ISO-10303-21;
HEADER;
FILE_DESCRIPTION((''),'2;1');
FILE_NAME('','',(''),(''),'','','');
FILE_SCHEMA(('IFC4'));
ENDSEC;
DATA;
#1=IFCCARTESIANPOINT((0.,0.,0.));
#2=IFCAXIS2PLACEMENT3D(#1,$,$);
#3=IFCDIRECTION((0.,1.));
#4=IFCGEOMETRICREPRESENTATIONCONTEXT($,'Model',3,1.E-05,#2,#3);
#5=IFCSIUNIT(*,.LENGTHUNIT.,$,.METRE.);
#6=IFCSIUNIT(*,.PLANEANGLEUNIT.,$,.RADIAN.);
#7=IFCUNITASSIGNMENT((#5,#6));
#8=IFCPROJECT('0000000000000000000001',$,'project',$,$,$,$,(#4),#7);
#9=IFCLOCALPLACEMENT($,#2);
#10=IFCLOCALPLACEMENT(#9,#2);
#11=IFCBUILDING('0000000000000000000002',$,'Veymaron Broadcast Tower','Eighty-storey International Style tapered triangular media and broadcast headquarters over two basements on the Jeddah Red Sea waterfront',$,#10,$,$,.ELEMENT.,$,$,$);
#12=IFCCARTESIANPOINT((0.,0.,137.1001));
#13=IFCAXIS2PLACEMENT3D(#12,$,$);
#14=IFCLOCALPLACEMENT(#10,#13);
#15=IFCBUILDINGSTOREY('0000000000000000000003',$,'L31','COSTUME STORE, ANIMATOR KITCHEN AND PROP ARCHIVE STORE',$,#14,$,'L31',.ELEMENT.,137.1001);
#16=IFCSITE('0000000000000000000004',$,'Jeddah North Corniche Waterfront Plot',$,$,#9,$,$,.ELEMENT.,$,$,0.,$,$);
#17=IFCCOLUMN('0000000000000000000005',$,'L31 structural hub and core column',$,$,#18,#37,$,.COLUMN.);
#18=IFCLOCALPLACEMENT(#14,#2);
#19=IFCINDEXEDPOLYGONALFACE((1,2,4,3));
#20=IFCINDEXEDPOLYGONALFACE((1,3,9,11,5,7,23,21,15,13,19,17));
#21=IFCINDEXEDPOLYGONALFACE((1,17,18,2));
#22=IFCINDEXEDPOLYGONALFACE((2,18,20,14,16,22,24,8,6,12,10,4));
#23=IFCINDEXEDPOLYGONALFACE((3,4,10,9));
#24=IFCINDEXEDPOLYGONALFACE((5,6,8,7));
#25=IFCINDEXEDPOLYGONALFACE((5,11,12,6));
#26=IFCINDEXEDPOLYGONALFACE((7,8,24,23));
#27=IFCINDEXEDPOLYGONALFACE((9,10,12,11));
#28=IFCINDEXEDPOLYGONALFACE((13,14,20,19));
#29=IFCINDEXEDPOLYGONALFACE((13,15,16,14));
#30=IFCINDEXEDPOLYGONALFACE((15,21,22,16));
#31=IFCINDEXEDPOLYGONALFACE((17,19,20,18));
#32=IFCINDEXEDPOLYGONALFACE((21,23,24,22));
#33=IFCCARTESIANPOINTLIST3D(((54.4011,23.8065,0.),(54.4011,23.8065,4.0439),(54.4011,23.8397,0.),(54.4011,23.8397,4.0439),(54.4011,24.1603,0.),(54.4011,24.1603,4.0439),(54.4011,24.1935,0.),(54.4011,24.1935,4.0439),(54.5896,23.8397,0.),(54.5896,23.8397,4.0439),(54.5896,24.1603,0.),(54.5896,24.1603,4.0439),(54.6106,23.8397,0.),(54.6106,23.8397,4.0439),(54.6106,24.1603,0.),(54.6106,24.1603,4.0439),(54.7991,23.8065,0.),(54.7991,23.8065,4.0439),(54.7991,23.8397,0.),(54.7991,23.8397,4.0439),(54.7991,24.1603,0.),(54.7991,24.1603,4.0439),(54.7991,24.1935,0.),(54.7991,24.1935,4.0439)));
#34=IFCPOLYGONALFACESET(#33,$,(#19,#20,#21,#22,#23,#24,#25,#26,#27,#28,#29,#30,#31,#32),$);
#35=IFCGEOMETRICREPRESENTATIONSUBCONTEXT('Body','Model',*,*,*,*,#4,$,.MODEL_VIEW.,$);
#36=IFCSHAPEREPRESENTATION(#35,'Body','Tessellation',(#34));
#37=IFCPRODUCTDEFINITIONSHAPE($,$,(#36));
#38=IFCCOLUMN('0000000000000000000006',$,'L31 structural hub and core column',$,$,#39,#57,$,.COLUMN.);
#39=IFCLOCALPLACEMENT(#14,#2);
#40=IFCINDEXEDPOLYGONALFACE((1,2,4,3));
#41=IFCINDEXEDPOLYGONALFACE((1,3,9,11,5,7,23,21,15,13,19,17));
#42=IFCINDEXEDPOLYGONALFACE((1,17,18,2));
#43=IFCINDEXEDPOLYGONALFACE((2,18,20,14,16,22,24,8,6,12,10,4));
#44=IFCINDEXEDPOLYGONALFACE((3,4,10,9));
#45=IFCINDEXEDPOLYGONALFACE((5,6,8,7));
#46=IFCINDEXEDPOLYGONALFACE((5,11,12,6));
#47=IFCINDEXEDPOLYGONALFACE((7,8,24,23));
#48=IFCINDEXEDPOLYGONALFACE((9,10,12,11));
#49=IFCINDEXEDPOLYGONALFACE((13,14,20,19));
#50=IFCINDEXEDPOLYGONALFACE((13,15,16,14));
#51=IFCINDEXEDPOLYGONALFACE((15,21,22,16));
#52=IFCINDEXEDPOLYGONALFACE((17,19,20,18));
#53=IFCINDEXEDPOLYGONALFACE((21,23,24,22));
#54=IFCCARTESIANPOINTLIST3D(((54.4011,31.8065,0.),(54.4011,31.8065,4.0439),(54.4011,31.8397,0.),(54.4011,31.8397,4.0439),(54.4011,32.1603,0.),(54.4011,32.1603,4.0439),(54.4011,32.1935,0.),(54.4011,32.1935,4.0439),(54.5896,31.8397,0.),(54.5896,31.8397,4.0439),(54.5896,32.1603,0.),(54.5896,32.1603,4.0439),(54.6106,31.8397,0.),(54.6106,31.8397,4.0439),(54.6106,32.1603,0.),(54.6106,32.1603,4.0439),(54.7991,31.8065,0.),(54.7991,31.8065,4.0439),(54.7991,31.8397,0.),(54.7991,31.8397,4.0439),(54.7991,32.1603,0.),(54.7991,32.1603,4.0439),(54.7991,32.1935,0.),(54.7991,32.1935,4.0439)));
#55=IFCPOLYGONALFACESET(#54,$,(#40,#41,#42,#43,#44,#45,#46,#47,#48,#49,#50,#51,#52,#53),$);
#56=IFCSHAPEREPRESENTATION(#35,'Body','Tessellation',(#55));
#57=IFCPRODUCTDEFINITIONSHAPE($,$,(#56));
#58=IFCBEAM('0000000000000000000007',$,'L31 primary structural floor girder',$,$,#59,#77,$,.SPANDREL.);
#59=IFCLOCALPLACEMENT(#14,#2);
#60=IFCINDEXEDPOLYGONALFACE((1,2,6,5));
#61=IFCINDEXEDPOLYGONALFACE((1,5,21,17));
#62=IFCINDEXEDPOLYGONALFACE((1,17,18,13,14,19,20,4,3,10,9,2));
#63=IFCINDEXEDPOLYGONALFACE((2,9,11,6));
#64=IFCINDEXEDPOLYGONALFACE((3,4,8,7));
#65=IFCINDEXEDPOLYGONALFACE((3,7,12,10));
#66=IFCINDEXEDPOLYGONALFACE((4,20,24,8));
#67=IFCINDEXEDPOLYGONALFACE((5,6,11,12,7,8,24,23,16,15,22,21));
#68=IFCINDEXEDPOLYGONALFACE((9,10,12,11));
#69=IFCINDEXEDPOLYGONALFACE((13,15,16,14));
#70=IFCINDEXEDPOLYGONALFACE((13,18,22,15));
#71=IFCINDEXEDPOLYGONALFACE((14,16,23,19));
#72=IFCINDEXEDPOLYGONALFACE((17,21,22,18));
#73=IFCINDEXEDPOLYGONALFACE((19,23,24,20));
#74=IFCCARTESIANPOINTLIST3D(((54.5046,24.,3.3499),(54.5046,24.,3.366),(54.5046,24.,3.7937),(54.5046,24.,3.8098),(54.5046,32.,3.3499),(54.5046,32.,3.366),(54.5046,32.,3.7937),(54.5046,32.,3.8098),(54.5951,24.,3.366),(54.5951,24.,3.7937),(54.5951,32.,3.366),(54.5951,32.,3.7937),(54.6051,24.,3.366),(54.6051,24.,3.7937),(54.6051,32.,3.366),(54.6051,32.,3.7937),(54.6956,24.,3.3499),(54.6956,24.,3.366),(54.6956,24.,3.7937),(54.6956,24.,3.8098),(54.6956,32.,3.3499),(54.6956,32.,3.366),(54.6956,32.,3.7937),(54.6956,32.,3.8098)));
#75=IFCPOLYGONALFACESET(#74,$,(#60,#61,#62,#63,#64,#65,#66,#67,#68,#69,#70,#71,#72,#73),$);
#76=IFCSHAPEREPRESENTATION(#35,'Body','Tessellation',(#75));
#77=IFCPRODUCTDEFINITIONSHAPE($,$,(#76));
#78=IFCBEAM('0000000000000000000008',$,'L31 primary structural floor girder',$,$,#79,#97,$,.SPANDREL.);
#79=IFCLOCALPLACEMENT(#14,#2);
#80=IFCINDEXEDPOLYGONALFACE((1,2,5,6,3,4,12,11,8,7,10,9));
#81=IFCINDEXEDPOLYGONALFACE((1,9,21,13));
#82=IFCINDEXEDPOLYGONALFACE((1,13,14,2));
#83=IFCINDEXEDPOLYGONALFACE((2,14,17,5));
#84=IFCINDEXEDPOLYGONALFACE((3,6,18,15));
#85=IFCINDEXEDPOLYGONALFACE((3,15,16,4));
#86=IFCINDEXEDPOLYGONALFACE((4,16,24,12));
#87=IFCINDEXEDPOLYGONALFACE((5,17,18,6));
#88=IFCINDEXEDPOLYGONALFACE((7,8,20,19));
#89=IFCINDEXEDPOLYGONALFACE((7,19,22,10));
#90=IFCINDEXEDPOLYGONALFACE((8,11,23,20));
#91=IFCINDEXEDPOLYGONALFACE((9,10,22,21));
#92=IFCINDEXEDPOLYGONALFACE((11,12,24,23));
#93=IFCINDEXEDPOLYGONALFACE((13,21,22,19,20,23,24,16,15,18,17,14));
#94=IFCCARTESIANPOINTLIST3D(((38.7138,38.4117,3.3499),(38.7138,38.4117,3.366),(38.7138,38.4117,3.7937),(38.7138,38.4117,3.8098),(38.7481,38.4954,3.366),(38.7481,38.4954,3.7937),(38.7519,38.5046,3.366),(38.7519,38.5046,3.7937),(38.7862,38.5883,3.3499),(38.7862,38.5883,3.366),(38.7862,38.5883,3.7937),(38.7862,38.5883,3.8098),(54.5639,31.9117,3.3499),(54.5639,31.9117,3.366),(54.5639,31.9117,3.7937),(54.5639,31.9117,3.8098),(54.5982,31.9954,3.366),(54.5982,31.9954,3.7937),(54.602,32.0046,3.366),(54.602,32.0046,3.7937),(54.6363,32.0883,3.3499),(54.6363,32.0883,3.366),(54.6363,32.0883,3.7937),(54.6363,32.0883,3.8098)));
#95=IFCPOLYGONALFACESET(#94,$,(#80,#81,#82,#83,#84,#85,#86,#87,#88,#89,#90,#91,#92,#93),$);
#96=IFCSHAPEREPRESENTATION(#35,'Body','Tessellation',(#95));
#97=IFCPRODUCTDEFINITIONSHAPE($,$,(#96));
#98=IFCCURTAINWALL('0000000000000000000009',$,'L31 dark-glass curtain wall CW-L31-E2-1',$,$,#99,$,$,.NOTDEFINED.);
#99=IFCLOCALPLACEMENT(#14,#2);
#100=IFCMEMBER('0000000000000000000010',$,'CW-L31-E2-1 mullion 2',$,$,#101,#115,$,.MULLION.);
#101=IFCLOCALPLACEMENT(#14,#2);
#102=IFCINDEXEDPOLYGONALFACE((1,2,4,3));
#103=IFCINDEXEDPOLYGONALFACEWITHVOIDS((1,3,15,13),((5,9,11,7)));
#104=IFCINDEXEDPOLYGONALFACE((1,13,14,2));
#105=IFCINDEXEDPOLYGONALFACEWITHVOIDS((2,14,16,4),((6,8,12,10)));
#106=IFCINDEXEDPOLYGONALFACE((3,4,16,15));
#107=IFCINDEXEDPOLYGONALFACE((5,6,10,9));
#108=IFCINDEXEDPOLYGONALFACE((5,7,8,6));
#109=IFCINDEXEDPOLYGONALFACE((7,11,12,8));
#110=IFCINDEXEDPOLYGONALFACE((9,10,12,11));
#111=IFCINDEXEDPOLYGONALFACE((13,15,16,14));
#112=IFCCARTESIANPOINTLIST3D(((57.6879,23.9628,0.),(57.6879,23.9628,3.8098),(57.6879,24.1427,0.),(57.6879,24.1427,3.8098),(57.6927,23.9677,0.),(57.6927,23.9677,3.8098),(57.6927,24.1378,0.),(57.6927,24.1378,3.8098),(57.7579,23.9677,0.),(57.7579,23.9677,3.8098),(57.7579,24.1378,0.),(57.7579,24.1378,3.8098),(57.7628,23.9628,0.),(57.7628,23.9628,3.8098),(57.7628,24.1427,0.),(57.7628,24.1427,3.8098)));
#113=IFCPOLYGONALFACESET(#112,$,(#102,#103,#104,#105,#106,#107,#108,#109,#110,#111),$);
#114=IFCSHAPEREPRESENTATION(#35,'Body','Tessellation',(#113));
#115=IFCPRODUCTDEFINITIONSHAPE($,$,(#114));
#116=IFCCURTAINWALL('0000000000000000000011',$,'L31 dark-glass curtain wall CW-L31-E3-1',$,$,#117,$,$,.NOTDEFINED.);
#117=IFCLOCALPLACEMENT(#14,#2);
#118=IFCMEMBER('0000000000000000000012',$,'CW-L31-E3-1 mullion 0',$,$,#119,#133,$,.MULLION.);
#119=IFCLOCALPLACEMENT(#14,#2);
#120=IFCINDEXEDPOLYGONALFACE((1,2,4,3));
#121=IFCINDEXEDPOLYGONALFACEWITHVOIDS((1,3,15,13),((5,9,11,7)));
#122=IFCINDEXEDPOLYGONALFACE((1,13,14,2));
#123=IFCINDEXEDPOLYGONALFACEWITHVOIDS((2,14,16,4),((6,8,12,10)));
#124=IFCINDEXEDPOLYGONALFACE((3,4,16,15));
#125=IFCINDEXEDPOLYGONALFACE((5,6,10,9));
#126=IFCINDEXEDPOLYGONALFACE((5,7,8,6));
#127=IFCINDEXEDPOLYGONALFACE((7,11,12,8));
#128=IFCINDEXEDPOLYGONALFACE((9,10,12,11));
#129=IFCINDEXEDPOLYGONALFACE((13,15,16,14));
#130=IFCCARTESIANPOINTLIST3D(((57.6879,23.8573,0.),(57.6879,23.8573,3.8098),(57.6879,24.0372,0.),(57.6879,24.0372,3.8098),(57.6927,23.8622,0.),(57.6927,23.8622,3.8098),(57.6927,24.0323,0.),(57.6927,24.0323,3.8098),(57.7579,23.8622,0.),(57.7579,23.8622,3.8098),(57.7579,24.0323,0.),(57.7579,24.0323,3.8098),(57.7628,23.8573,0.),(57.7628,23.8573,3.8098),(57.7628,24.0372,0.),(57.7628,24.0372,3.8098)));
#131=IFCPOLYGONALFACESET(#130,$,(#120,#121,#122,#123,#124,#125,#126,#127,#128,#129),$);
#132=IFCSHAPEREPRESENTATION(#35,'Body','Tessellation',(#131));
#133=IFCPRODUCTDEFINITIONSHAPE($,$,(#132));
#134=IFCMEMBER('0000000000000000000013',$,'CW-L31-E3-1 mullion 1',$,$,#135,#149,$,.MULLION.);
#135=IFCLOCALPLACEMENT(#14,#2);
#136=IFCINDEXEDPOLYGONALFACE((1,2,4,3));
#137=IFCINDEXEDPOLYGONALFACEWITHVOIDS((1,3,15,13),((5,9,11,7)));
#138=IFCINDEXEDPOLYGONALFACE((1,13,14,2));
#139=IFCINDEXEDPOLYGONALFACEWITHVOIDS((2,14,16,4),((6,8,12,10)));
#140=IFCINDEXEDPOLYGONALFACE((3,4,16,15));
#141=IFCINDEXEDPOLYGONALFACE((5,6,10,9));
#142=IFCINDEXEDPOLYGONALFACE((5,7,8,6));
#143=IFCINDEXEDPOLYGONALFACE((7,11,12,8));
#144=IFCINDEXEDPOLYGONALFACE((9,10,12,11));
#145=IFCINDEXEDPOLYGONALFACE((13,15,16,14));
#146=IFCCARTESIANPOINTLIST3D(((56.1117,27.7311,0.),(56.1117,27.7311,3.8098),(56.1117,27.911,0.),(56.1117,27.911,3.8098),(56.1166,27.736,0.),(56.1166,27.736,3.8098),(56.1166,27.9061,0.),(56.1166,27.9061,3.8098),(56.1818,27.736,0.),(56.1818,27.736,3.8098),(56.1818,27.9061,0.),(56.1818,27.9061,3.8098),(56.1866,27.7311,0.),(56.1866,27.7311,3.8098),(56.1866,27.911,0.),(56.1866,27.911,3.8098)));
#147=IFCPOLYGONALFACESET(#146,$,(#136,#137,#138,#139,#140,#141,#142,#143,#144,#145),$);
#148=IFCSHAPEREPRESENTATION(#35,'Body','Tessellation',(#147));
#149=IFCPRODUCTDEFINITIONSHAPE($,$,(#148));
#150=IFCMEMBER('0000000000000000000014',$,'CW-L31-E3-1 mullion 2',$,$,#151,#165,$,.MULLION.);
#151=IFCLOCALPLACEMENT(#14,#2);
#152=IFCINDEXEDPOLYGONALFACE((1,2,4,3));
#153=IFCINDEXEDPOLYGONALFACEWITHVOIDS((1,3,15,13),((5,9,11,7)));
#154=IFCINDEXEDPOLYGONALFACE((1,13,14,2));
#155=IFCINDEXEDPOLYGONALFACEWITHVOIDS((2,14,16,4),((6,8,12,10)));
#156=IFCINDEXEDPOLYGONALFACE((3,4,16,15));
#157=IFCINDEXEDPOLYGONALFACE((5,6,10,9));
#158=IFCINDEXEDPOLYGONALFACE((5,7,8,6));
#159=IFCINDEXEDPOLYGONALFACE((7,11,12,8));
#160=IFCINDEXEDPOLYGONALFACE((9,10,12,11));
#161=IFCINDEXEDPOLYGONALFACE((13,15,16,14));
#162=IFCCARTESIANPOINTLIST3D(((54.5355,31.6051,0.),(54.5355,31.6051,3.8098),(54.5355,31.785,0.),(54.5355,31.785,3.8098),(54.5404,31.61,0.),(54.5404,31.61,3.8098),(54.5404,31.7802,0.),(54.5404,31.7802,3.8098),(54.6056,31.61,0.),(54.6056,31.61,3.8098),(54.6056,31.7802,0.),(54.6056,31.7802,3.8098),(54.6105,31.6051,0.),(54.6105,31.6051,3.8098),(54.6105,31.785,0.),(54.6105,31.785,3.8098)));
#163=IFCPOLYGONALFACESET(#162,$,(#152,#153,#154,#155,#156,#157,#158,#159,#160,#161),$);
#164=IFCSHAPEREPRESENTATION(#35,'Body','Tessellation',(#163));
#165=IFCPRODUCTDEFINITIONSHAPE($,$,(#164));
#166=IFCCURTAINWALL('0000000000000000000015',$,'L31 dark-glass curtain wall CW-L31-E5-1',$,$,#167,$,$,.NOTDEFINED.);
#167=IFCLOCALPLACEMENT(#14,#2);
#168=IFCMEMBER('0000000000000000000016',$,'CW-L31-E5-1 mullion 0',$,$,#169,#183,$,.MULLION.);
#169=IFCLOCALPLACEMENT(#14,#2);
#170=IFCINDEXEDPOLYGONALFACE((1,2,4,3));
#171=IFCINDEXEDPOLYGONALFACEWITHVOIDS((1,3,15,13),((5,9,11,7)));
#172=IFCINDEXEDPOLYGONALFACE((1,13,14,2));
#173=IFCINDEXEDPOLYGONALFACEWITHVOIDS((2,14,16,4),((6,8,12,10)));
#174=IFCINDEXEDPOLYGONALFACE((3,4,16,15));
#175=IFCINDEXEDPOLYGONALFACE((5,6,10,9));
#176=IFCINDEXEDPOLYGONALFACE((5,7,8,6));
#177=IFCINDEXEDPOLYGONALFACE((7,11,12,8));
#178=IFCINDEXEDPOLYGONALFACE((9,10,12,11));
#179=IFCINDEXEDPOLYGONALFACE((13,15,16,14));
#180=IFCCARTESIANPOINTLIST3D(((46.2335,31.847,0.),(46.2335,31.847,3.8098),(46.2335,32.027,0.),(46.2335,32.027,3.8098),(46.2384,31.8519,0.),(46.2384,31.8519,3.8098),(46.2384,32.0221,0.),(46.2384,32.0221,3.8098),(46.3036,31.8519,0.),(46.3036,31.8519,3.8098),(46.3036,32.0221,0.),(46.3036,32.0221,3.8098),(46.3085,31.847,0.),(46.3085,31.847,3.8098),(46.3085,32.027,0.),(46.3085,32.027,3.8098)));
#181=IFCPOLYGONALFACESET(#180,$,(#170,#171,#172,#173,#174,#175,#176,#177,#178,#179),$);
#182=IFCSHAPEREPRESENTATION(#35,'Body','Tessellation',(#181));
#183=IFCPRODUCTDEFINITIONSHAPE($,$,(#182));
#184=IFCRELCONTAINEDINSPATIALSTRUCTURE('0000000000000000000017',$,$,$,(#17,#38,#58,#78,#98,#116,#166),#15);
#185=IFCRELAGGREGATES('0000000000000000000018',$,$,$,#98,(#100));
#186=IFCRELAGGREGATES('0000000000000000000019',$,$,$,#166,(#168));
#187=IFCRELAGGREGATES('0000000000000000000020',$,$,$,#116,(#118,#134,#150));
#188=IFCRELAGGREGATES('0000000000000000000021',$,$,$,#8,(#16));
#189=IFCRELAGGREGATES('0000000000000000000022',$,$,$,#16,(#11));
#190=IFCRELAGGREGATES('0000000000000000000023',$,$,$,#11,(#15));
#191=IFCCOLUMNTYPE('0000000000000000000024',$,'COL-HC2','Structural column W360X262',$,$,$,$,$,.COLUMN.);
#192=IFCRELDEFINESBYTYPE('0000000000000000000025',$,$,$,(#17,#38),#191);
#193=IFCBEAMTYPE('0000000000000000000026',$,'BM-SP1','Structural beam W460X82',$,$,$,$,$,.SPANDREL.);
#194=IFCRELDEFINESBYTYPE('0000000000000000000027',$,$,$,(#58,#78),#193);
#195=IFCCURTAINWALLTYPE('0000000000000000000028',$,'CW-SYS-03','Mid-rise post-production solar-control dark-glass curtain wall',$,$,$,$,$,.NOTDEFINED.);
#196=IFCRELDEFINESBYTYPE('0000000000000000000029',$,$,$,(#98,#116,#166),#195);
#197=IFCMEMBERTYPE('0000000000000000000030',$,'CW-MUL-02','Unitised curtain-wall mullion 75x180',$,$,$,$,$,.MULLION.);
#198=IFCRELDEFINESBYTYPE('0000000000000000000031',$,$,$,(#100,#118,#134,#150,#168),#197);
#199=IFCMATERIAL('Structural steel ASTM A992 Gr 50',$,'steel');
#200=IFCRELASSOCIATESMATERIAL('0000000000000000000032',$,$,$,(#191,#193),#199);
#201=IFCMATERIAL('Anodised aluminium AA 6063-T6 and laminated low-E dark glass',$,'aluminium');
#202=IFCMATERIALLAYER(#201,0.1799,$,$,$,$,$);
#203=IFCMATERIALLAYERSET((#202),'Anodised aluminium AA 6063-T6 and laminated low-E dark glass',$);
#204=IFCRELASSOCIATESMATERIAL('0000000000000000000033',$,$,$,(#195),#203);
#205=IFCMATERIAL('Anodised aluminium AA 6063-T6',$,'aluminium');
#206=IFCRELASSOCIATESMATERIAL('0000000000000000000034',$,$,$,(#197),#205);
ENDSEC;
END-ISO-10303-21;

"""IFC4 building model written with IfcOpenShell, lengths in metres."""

from ifc_helpers import new_model, si_unit, direction, frame, origin, origin_2d, place, context, subcontext, project, spatial, hollow_rectangle, i_section, extrude, material, layer, layer_set, material_profile, profile_set, type_object, element, aggregate, save


model = new_model("IFC4")

# Units and contexts
model_context = context("Model", 3, precision=1e-05, world=origin(), true_north=direction((0.0, 1.0)))
body_context = subcontext(model_context, "Body", "Model", "MODEL_VIEW")
ifc_project = project(units=[si_unit("LENGTHUNIT", "METRE"), si_unit("PLANEANGLEUNIT", "RADIAN")], contexts=[model_context])

# Site, building, storey
site_placement = place(None, origin())
site = spatial("IfcSite", under=ifc_project, at=site_placement, Name="Jeddah North Corniche Waterfront Plot", CompositionType="ELEMENT", RefElevation=0.0)
building_placement = place(site_placement, origin())
building = spatial("IfcBuilding", under=site, at=building_placement, Name="Veymaron Broadcast Tower", Description="Eighty-storey International Style tapered triangular media and broadcast headquarters over two basements on the Jeddah Red Sea waterfront", CompositionType="ELEMENT")
storey_placement = place(building_placement, frame((0.0, 0.0, 137.1001)))
storey = spatial("IfcBuildingStorey", under=building, at=storey_placement, Name="L31", Description="COSTUME STORE, ANIMATOR KITCHEN AND PROP ARCHIVE STORE", LongName="L31", CompositionType="ELEMENT", Elevation=137.1001)

# Columns
ifc_material_1 = material(Name="Structural steel ASTM A992 Gr 50", Category="steel")
ifc_material_profile_1 = material_profile(ifc_material_1, i_section(OverallWidth=0.3979, OverallDepth=0.387, WebThickness=0.021, FlangeThickness=0.0332, at=origin_2d()), Name="W360X262")
ifc_profile_set_1 = profile_set([ifc_material_profile_1], Name="Structural steel ASTM A992 Gr 50")
column_type = type_object("IfcColumnType", Name="COL-HC2", Description="Structural column W360X262", PredefinedType="COLUMN", material=ifc_profile_set_1)
for number, where, z_axis, x_axis, name in (
    (1, (54.6001, 24.0, 0.0), (0.0, 0.0, 1.0), (1.0, 0.0, 0.0), "L31 structural hub and core column"),
    (2, (54.6001, 32.0, 0.0), (0.0, 0.0, 1.0), (1.0, 0.0, 0.0), "L31 structural hub and core column"),
):
    element("IfcColumn", number, at=place(storey_placement, frame(where, z_axis=z_axis, x_axis=x_axis)), inside=storey, type_object=column_type, Name=name, PredefinedType="COLUMN", context=body_context, shape_type="SweptSolid", body=[
        extrude(i_section(OverallWidth=0.3979, OverallDepth=0.387, WebThickness=0.021, FlangeThickness=0.0332, at=origin_2d()), origin(), (0.0, 0.0, 1.0), 4.0439),
    ])

# Beams
ifc_material_profile_2 = material_profile(ifc_material_1, i_section(OverallWidth=0.1909, OverallDepth=0.46, WebThickness=0.01, FlangeThickness=0.0161, at=origin_2d()), Name="W460X82")
ifc_profile_set_2 = profile_set([ifc_material_profile_2], Name="Structural steel ASTM A992 Gr 50")
beam_type = type_object("IfcBeamType", Name="BM-SP1", Description="Structural beam W460X82", PredefinedType="SPANDREL", material=ifc_profile_set_2)
beam_1_placement = place(storey_placement, frame((54.6001, 24.0, 3.5798), z_axis=(0.0, 1.0, 0.0), x_axis=(-1.0, 0.0, 0.0)))
element("IfcBeam", 3, at=beam_1_placement, inside=storey, type_object=beam_type, Name="L31 primary structural floor girder", PredefinedType="SPANDREL", context=body_context, shape_type="SweptSolid", body=[
    extrude(i_section(OverallWidth=0.1909, OverallDepth=0.46, WebThickness=0.01, FlangeThickness=0.0161, at=origin_2d()), origin(), (0.0, 0.0, 1.0), 8.0),
])
beam_2_placement = place(storey_placement, frame((54.6001, 32.0, 3.5798), z_axis=(-0.925222, 0.379426, 0.0), x_axis=(-0.379426, -0.925222, 0.0)))
element("IfcBeam", 4, at=beam_2_placement, inside=storey, type_object=beam_type, Name="L31 primary structural floor girder", PredefinedType="SPANDREL", context=body_context, shape_type="SweptSolid", body=[
    extrude(i_section(OverallWidth=0.1909, OverallDepth=0.46, WebThickness=0.01, FlangeThickness=0.0161, at=origin_2d()), origin(), (0.0, 0.0, 1.0), 17.1311),
])

# Curtain wall, member
ifc_material_2 = material(Name="Anodised aluminium AA 6063-T6 and laminated low-E dark glass", Category="aluminium")
ifc_layer_1 = layer(ifc_material_2, 0.1799)
ifc_layer_set_1 = layer_set([ifc_layer_1], Name="Anodised aluminium AA 6063-T6 and laminated low-E dark glass")
curtain_wall_type = type_object("IfcCurtainWallType", Name="CW-SYS-03", Description="Mid-rise post-production solar-control dark-glass curtain wall", PredefinedType="NOTDEFINED", material=ifc_layer_set_1)
curtain_wall_1_placement = place(storey_placement, origin())
curtain_wall_1 = element("IfcCurtainWall", 5, at=curtain_wall_1_placement, inside=storey, type_object=curtain_wall_type, Name="L31 dark-glass curtain wall CW-L31-E2-1", PredefinedType="NOTDEFINED")
ifc_material_3 = material(Name="Anodised aluminium AA 6063-T6", Category="aluminium")
ifc_material_profile_3 = material_profile(ifc_material_3, hollow_rectangle(XDim=0.075, YDim=0.1799, WallThickness=0.0049, at=origin_2d()), Name="AL180X75X5")
ifc_profile_set_3 = profile_set([ifc_material_profile_3], Name="Anodised aluminium AA 6063-T6")
member_type_1 = type_object("IfcMemberType", Name="CW-MUL-02", Description="Unitised curtain-wall mullion 75x180", PredefinedType="MULLION", material=ifc_profile_set_3)
member_1_placement = place(storey_placement, frame((57.7253, 24.0527, 0.0), z_axis=(0.0, 0.0, 1.0), x_axis=(1.0, 0.0, 0.0)))
member_1 = element("IfcMember", 6, at=member_1_placement, type_object=member_type_1, Name="CW-L31-E2-1 mullion 2", PredefinedType="MULLION", context=body_context, shape_type="SweptSolid", body=[
    extrude(hollow_rectangle(XDim=0.075, YDim=0.1799, WallThickness=0.0049, at=origin_2d()), origin(), (0.0, 0.0, 1.0), 3.8098),
])
aggregate(curtain_wall_1, [member_1])

# Curtain wall, members
curtain_wall_2_placement = place(storey_placement, origin())
curtain_wall_2 = element("IfcCurtainWall", 7, at=curtain_wall_2_placement, inside=storey, type_object=curtain_wall_type, Name="L31 dark-glass curtain wall CW-L31-E3-1", PredefinedType="NOTDEFINED")
member_2_placement = place(storey_placement, frame((57.7253, 23.9473, 0.0), z_axis=(0.0, 0.0, 1.0), x_axis=(1.0, 0.0, 0.0)))
member_2 = element("IfcMember", 8, at=member_2_placement, type_object=member_type_1, Name="CW-L31-E3-1 mullion 0", PredefinedType="MULLION", context=body_context, shape_type="SweptSolid", body=[
    extrude(hollow_rectangle(XDim=0.075, YDim=0.1799, WallThickness=0.0049, at=origin_2d()), origin(), (0.0, 0.0, 1.0), 3.8098),
])
member_3_placement = place(storey_placement, frame((56.1492, 27.821, 0.0), z_axis=(0.0, 0.0, 1.0), x_axis=(1.0, 0.0, 0.0)))
member_3 = element("IfcMember", 9, at=member_3_placement, type_object=member_type_1, Name="CW-L31-E3-1 mullion 1", PredefinedType="MULLION", context=body_context, shape_type="SweptSolid", body=[
    extrude(hollow_rectangle(XDim=0.075, YDim=0.1799, WallThickness=0.0049, at=origin_2d()), origin(), (0.0, 0.0, 1.0), 3.8098),
])
member_4_placement = place(storey_placement, frame((54.573, 31.6951, 0.0), z_axis=(0.0, 0.0, 1.0), x_axis=(1.0, 0.0, 0.0)))
member_4 = element("IfcMember", 10, at=member_4_placement, type_object=member_type_1, Name="CW-L31-E3-1 mullion 2", PredefinedType="MULLION", context=body_context, shape_type="SweptSolid", body=[
    extrude(hollow_rectangle(XDim=0.075, YDim=0.1799, WallThickness=0.0049, at=origin_2d()), origin(), (0.0, 0.0, 1.0), 3.8098),
])

# Curtain wall, member
curtain_wall_3_placement = place(storey_placement, origin())
curtain_wall_3 = element("IfcCurtainWall", 11, at=curtain_wall_3_placement, inside=storey, type_object=curtain_wall_type, Name="L31 dark-glass curtain wall CW-L31-E5-1", PredefinedType="NOTDEFINED")
member_5_placement = place(storey_placement, frame((46.271, 31.937, 0.0), z_axis=(0.0, 0.0, 1.0), x_axis=(1.0, 0.0, 0.0)))
member_5 = element("IfcMember", 12, at=member_5_placement, type_object=member_type_1, Name="CW-L31-E5-1 mullion 0", PredefinedType="MULLION", context=body_context, shape_type="SweptSolid", body=[
    extrude(hollow_rectangle(XDim=0.075, YDim=0.1799, WallThickness=0.0049, at=origin_2d()), origin(), (0.0, 0.0, 1.0), 3.8098),
])

aggregate(curtain_wall_3, [member_5])

aggregate(curtain_wall_2, [member_2, member_3, member_4])

save(model, "model.ifc")
